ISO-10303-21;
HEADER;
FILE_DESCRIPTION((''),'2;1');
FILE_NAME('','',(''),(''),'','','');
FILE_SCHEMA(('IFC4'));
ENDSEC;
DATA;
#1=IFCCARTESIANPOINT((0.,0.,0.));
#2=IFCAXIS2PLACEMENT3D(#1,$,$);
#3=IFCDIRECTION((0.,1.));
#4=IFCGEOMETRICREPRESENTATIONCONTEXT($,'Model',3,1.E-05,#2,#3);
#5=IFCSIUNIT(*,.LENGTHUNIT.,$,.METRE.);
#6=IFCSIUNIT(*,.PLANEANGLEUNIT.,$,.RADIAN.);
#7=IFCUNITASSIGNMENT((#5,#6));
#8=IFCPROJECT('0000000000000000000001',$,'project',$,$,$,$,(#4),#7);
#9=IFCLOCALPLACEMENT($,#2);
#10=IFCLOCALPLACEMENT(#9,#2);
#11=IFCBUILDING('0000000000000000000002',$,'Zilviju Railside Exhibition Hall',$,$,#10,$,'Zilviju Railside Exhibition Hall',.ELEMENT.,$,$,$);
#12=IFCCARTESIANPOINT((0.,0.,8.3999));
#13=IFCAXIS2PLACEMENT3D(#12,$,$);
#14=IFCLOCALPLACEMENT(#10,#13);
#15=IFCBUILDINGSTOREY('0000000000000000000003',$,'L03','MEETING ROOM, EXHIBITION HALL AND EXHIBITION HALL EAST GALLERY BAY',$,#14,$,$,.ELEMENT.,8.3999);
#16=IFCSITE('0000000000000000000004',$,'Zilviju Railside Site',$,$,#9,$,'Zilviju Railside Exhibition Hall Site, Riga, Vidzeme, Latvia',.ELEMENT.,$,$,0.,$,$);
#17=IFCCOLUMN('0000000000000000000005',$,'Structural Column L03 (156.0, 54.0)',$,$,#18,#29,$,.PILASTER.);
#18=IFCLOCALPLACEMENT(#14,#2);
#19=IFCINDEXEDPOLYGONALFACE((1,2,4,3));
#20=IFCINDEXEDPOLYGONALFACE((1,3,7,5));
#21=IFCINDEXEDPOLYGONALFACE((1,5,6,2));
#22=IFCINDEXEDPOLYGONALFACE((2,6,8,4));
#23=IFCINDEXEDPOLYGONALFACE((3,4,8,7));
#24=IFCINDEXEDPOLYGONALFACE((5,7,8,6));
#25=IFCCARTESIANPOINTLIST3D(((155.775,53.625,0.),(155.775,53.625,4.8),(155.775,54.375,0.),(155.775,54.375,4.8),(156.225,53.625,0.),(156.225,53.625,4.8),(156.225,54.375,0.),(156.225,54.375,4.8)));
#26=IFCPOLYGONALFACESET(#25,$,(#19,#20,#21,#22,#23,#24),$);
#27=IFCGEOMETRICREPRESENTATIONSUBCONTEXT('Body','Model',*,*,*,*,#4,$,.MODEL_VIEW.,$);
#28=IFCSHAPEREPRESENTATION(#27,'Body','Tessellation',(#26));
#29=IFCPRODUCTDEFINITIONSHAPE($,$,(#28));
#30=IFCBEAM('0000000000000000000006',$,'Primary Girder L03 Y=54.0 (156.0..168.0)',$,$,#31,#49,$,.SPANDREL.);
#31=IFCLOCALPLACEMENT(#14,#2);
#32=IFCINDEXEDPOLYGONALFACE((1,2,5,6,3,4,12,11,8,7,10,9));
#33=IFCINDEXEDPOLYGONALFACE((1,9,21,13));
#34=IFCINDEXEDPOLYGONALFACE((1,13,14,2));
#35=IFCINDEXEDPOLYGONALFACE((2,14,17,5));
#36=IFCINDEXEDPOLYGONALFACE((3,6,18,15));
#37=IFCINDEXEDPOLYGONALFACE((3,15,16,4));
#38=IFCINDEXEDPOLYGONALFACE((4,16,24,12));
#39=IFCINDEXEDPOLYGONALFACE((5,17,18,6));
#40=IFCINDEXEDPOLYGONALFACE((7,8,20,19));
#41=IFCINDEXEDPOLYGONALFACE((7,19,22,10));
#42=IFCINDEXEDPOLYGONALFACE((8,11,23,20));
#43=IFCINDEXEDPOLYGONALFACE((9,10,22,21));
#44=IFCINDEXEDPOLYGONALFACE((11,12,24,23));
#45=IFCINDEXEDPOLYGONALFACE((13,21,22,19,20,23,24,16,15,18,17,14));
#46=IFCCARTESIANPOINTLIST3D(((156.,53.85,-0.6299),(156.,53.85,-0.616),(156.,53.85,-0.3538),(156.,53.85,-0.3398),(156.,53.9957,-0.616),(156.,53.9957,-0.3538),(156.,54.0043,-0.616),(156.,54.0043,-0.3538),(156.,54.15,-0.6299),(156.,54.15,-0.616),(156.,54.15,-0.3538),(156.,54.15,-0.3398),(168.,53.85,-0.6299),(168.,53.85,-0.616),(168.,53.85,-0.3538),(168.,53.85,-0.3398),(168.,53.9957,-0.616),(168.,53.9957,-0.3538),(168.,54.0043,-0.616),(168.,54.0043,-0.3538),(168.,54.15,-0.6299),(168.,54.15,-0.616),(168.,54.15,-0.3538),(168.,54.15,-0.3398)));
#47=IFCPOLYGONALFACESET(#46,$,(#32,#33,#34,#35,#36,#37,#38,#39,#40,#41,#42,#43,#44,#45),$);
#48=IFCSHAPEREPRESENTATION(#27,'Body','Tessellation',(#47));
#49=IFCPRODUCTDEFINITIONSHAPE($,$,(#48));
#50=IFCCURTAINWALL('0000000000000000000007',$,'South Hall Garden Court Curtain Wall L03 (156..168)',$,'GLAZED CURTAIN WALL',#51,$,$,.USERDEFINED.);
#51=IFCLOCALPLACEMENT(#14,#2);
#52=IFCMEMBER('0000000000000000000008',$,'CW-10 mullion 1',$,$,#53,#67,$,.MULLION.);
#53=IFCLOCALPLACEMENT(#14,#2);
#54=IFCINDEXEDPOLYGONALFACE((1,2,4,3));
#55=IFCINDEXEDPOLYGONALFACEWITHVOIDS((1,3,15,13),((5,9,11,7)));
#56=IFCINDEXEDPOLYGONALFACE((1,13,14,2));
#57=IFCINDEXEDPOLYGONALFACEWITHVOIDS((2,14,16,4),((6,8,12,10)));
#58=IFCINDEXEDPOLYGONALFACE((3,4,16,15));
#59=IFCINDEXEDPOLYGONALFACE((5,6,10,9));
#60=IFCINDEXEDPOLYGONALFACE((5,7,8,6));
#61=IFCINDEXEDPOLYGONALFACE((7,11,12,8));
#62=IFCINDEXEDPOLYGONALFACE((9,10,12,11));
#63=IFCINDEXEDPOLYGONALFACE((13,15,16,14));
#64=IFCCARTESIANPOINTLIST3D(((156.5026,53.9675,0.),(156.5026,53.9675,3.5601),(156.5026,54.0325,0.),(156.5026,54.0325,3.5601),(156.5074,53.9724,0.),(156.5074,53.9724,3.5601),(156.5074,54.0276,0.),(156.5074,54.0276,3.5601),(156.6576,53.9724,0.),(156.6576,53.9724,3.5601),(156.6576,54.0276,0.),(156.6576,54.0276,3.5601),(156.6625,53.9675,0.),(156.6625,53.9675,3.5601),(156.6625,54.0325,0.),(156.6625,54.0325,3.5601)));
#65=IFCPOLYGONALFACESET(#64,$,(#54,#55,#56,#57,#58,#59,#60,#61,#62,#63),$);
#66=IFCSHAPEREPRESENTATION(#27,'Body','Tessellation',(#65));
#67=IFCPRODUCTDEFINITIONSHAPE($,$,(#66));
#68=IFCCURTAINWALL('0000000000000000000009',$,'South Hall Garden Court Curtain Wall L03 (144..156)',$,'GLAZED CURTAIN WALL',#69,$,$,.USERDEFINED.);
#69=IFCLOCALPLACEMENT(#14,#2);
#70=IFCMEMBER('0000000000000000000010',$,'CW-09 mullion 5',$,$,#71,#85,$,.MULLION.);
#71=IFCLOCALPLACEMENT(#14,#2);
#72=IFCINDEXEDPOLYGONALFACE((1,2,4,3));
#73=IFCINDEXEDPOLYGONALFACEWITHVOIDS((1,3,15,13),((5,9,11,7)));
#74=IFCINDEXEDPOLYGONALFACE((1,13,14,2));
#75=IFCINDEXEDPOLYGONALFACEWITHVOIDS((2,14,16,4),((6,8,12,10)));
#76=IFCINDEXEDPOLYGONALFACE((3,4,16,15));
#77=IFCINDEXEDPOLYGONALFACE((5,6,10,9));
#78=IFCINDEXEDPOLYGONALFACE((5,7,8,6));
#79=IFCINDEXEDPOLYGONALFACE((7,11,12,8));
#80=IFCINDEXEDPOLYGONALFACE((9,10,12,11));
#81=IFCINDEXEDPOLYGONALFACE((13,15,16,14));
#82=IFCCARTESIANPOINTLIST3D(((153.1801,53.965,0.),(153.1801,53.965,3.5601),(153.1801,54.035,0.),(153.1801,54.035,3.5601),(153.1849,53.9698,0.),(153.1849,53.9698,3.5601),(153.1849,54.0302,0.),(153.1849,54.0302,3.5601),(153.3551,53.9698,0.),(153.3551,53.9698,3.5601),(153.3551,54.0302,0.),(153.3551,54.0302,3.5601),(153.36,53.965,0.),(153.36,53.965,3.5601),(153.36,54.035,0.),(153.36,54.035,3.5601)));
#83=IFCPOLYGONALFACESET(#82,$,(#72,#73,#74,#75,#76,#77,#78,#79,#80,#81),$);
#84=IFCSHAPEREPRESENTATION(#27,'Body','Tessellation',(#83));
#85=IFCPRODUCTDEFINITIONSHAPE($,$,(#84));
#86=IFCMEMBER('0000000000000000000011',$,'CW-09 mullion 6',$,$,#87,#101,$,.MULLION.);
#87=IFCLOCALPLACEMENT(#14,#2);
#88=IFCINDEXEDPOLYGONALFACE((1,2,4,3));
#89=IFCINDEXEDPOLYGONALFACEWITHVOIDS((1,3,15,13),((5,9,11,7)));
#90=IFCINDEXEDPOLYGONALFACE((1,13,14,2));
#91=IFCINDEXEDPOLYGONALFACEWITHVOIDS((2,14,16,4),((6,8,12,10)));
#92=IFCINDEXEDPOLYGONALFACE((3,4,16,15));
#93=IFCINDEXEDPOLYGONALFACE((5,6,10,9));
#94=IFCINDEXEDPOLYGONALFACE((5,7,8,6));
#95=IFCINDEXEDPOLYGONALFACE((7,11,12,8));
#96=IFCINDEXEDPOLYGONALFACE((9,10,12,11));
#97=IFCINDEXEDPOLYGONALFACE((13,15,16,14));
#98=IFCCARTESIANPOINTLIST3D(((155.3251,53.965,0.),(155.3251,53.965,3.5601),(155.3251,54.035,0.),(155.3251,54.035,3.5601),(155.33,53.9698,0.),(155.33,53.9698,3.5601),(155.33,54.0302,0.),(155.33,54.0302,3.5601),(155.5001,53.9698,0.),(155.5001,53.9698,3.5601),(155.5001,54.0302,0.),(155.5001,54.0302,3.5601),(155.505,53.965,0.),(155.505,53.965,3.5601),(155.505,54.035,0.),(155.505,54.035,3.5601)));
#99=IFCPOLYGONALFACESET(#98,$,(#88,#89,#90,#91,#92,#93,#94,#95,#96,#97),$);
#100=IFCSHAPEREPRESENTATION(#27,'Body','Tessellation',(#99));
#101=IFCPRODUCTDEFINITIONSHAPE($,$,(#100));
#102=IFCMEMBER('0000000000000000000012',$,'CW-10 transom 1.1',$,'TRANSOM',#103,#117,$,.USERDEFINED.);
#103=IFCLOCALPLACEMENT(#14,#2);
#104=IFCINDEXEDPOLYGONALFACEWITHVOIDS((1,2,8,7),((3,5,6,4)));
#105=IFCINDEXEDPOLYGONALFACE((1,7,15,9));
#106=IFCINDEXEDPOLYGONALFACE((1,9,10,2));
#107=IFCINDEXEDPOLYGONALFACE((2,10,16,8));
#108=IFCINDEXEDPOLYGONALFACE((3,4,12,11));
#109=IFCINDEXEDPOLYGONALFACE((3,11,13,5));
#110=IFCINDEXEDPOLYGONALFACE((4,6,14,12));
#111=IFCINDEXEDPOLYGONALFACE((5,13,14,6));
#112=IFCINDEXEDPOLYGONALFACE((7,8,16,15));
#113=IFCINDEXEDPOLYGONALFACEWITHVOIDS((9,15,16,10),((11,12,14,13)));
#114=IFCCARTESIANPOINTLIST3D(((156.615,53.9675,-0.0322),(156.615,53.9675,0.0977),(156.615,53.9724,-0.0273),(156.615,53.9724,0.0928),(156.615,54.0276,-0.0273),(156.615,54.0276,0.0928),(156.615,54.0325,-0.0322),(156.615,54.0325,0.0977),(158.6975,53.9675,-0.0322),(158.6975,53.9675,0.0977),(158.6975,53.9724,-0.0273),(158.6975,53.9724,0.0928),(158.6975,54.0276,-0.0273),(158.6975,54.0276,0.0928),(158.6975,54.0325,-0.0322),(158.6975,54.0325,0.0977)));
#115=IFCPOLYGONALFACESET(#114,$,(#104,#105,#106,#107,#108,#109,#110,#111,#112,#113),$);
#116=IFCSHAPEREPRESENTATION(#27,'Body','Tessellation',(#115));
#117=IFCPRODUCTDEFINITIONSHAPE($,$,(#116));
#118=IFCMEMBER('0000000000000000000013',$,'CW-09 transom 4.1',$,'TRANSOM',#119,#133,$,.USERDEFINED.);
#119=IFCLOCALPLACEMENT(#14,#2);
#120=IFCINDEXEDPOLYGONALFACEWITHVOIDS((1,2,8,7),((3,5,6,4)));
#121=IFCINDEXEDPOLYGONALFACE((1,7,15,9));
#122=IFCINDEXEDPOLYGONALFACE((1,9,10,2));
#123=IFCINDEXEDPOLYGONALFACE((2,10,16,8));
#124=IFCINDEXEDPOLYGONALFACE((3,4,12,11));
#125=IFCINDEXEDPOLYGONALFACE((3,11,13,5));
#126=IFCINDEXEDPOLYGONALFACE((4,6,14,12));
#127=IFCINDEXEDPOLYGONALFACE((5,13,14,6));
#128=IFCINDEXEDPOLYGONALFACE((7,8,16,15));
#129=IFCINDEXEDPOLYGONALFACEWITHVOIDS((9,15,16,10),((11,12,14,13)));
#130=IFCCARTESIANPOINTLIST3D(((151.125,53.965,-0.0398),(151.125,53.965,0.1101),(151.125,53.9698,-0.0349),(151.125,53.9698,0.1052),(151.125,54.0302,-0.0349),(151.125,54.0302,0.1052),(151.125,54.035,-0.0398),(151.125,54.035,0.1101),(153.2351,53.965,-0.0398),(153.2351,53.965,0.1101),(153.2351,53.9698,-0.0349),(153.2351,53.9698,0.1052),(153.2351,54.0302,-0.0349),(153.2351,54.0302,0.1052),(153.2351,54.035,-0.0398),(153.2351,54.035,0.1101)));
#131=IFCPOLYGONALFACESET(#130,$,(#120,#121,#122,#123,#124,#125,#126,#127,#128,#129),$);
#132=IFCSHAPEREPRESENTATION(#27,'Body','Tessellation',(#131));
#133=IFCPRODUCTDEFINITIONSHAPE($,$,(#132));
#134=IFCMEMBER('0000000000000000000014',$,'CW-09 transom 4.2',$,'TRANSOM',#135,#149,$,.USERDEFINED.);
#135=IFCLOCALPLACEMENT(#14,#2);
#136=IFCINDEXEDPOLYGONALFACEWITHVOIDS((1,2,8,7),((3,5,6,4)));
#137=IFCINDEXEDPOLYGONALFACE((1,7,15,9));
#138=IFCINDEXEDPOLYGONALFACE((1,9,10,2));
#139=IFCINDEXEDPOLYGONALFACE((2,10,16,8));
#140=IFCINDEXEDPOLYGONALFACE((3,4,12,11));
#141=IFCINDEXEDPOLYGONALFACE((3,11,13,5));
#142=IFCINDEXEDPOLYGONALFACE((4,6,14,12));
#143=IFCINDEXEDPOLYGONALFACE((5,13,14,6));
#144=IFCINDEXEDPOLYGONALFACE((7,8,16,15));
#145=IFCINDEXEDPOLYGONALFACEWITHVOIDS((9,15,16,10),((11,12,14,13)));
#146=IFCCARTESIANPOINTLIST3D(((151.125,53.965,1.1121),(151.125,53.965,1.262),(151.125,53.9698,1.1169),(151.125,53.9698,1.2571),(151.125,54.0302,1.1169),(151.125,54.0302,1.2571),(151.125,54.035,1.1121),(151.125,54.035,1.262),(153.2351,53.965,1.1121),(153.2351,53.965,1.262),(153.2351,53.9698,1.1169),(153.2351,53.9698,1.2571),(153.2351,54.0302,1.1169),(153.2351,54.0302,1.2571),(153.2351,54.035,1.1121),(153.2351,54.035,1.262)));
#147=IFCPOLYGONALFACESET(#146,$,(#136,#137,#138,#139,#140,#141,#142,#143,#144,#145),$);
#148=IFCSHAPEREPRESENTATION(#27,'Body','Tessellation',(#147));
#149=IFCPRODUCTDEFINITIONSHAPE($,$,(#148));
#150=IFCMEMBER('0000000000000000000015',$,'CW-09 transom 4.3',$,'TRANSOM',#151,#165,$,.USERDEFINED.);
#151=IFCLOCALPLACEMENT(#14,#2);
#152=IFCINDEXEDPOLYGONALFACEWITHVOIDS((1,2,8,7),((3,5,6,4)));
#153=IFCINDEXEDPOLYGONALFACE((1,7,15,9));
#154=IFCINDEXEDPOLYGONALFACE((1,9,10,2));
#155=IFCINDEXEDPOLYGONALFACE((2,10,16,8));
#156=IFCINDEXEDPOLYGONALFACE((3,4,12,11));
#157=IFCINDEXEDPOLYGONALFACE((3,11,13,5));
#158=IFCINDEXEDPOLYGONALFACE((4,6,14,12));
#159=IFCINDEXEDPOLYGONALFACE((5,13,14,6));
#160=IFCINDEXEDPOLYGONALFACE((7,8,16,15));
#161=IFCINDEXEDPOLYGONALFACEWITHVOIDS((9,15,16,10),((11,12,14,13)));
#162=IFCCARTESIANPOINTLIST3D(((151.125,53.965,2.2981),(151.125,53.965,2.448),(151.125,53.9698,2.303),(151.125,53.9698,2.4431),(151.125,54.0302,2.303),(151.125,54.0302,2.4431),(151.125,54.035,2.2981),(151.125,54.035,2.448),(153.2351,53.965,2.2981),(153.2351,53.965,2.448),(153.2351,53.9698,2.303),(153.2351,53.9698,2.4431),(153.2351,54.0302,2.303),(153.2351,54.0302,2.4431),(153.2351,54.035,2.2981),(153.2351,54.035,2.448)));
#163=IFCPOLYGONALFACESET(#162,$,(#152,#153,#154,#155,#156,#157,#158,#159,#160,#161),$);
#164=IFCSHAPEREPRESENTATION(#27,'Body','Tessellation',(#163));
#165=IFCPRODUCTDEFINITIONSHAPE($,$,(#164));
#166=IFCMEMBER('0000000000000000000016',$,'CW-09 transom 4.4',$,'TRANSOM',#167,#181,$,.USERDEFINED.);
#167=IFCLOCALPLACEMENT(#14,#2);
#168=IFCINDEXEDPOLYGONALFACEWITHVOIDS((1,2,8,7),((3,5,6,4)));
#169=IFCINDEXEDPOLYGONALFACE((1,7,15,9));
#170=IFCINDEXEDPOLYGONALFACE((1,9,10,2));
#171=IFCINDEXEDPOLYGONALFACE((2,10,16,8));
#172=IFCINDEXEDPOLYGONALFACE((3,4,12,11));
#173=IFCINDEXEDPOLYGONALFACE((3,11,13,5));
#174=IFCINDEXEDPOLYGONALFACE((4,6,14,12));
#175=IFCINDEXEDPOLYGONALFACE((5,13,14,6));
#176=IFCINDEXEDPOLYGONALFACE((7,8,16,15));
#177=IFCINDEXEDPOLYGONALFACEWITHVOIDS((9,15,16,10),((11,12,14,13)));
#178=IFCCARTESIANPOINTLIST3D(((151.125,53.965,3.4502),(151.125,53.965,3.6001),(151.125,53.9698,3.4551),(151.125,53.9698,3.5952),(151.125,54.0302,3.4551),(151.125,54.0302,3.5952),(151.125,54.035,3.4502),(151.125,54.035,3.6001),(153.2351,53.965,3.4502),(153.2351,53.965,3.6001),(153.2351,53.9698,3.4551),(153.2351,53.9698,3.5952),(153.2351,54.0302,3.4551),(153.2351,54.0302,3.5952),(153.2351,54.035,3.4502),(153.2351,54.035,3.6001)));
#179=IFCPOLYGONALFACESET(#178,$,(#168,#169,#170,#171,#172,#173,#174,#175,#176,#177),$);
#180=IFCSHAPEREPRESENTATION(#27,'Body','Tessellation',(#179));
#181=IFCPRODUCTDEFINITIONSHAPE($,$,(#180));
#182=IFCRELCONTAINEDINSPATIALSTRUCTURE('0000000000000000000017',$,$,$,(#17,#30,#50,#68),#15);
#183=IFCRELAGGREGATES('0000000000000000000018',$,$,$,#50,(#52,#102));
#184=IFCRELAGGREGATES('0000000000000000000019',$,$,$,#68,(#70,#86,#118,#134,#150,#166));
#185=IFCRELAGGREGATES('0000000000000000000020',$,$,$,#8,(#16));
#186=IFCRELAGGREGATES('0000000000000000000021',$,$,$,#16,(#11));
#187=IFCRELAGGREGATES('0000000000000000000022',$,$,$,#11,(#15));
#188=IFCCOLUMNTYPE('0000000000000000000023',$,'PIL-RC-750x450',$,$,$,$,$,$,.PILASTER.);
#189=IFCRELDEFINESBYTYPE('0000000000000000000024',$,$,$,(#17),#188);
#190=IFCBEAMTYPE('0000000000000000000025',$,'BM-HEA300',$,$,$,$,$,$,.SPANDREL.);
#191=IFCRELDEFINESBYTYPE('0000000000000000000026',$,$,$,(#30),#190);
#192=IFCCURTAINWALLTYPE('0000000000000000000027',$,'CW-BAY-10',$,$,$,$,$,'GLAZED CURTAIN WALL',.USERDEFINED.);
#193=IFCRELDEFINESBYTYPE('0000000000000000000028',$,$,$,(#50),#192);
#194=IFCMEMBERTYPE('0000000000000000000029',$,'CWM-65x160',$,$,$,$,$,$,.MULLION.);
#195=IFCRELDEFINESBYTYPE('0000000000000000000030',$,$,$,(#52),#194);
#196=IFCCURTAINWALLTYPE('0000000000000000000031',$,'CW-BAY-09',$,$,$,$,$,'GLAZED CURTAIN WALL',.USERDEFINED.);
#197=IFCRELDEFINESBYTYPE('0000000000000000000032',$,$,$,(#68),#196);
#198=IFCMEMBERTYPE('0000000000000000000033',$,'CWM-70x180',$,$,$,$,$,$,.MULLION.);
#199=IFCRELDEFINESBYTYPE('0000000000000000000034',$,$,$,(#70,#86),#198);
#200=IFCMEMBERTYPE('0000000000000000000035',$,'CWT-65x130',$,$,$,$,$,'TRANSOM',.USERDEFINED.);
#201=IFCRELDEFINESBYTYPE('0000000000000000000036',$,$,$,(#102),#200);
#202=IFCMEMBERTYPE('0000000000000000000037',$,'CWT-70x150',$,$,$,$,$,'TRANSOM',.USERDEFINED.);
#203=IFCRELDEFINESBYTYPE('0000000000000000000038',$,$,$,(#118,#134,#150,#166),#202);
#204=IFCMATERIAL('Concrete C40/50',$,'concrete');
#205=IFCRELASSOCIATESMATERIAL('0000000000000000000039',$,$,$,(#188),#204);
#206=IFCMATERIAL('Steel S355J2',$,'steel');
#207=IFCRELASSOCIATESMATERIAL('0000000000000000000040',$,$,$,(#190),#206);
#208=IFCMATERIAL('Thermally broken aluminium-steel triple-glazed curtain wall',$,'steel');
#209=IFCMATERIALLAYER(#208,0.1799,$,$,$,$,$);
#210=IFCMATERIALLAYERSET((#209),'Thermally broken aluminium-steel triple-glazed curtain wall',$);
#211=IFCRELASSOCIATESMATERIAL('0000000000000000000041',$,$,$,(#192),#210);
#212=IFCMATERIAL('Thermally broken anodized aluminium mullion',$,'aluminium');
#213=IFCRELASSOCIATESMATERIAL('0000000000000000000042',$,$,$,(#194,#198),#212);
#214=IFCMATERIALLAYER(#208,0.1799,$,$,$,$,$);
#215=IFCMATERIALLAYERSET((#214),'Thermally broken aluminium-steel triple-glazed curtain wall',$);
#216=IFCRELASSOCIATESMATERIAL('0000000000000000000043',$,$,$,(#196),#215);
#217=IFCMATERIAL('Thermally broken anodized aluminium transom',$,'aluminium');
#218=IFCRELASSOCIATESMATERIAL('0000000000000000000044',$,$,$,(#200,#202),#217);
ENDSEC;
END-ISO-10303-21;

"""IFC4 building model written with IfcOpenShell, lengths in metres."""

from ifc_helpers import new_model, si_unit, direction, frame, origin, origin_2d, place, context, subcontext, project, spatial, rectangle, hollow_rectangle, i_section, extrude, material, layer, layer_set, material_profile, profile_set, type_object, element, aggregate, save


model = new_model("IFC4")

# Units and contexts
model_context = context("Model", 3, precision=1e-05, world=origin(), true_north=direction((0.0, 1.0)))
body_context = subcontext(model_context, "Body", "Model", "MODEL_VIEW")
ifc_project = project(units=[si_unit("LENGTHUNIT", "METRE"), si_unit("PLANEANGLEUNIT", "RADIAN")], contexts=[model_context])

# Site, building, storey
site_placement = place(None, origin())
site = spatial("IfcSite", under=ifc_project, at=site_placement, Name="Zilviju Railside Site", LongName="Zilviju Railside Exhibition Hall Site, Riga, Vidzeme, Latvia", CompositionType="ELEMENT", RefElevation=0.0)
building_placement = place(site_placement, origin())
building = spatial("IfcBuilding", under=site, at=building_placement, Name="Zilviju Railside Exhibition Hall", LongName="Zilviju Railside Exhibition Hall", CompositionType="ELEMENT")
storey_placement = place(building_placement, frame((0.0, 0.0, 8.3999)))
storey = spatial("IfcBuildingStorey", under=building, at=storey_placement, Name="L03", Description="MEETING ROOM, EXHIBITION HALL AND EXHIBITION HALL EAST GALLERY BAY", CompositionType="ELEMENT", Elevation=8.3999)

# Column
ifc_material_1 = material(Name="Concrete C40/50", Category="concrete")
ifc_material_profile_1 = material_profile(ifc_material_1, rectangle(XDim=0.45, YDim=0.75, at=origin_2d()), Name="RC COL 450x750")
ifc_profile_set_1 = profile_set([ifc_material_profile_1], Name="Concrete C40/50")
column_type = type_object("IfcColumnType", Name="PIL-RC-750x450", PredefinedType="PILASTER", material=ifc_profile_set_1)
column_placement = place(storey_placement, frame((156.0, 54.0, 0.0), z_axis=(0.0, 0.0, 1.0), x_axis=(1.0, 0.0, 0.0)))
element("IfcColumn", 1, at=column_placement, inside=storey, type_object=column_type, Name="Structural Column L03 (156.0, 54.0)", PredefinedType="PILASTER", context=body_context, shape_type="SweptSolid", body=[
    extrude(rectangle(XDim=0.45, YDim=0.75, at=origin_2d()), origin(), (0.0, 0.0, 1.0), 4.8),
])

# Beam
ifc_material_2 = material(Name="Steel S355J2", Category="steel")
ifc_material_profile_2 = material_profile(ifc_material_2, i_section(OverallWidth=0.3, OverallDepth=0.29, WebThickness=0.0085, FlangeThickness=0.0139, at=origin_2d()), Name="HEA 300")
ifc_profile_set_2 = profile_set([ifc_material_profile_2], Name="Steel S355J2")
beam_type = type_object("IfcBeamType", Name="BM-HEA300", PredefinedType="SPANDREL", material=ifc_profile_set_2)
beam_placement = place(storey_placement, frame((156.0, 54.0, -0.4849), z_axis=(1.0, 0.0, 0.0), x_axis=(0.0, 1.0, 0.0)))
element("IfcBeam", 2, at=beam_placement, inside=storey, type_object=beam_type, Name="Primary Girder L03 Y=54.0 (156.0..168.0)", PredefinedType="SPANDREL", context=body_context, shape_type="SweptSolid", body=[
    extrude(i_section(OverallWidth=0.3, OverallDepth=0.29, WebThickness=0.0085, FlangeThickness=0.0139, at=origin_2d()), origin(), (0.0, 0.0, 1.0), 12.0),
])

# Curtain wall, member
ifc_material_3 = material(Name="Thermally broken aluminium-steel triple-glazed curtain wall", Category="steel")
ifc_layer_1 = layer(ifc_material_3, 0.1799)
ifc_layer_set_1 = layer_set([ifc_layer_1], Name="Thermally broken aluminium-steel triple-glazed curtain wall")
curtain_wall_type_1 = type_object("IfcCurtainWallType", Name="CW-BAY-10", ElementType="GLAZED CURTAIN WALL", PredefinedType="USERDEFINED", material=ifc_layer_set_1)
curtain_wall_1_placement = place(storey_placement, origin())
curtain_wall_1 = element("IfcCurtainWall", 3, at=curtain_wall_1_placement, inside=storey, type_object=curtain_wall_type_1, Name="South Hall Garden Court Curtain Wall L03 (156..168)", ObjectType="GLAZED CURTAIN WALL", PredefinedType="USERDEFINED")
ifc_material_4 = material(Name="Thermally broken anodized aluminium mullion", Category="aluminium")
ifc_material_profile_3 = material_profile(ifc_material_4, hollow_rectangle(XDim=0.0649, YDim=0.1599, WallThickness=0.0049, at=origin_2d()), Name="MULLION 160x65x5")
ifc_profile_set_3 = profile_set([ifc_material_profile_3], Name="Thermally broken anodized aluminium mullion")
member_type_1 = type_object("IfcMemberType", Name="CWM-65x160", PredefinedType="MULLION", material=ifc_profile_set_3)
member_1_placement = place(storey_placement, frame((156.5825, 54.0, 0.0), z_axis=(0.0, 0.0, 1.0), x_axis=(0.0, 1.0, 0.0)))
member_1 = element("IfcMember", 4, at=member_1_placement, type_object=member_type_1, Name="CW-10 mullion 1", PredefinedType="MULLION", context=body_context, shape_type="SweptSolid", body=[
    extrude(hollow_rectangle(XDim=0.0649, YDim=0.1599, WallThickness=0.0049, at=origin_2d()), origin(), (0.0, 0.0, 1.0), 3.5601),
])

# Curtain wall, members
ifc_layer_2 = layer(ifc_material_3, 0.1799)
ifc_layer_set_2 = layer_set([ifc_layer_2], Name="Thermally broken aluminium-steel triple-glazed curtain wall")
curtain_wall_type_2 = type_object("IfcCurtainWallType", Name="CW-BAY-09", ElementType="GLAZED CURTAIN WALL", PredefinedType="USERDEFINED", material=ifc_layer_set_2)
curtain_wall_2_placement = place(storey_placement, origin())
curtain_wall_2 = element("IfcCurtainWall", 5, at=curtain_wall_2_placement, inside=storey, type_object=curtain_wall_type_2, Name="South Hall Garden Court Curtain Wall L03 (144..156)", ObjectType="GLAZED CURTAIN WALL", PredefinedType="USERDEFINED")
ifc_material_profile_4 = material_profile(ifc_material_4, hollow_rectangle(XDim=0.0701, YDim=0.1799, WallThickness=0.0049, at=origin_2d()), Name="MULLION 180x70x5")
ifc_profile_set_4 = profile_set([ifc_material_profile_4], Name="Thermally broken anodized aluminium mullion")
member_type_2 = type_object("IfcMemberType", Name="CWM-70x180", PredefinedType="MULLION", material=ifc_profile_set_4)
member_2_placement = place(storey_placement, frame((153.27, 54.0, 0.0), z_axis=(0.0, 0.0, 1.0), x_axis=(0.0, 1.0, 0.0)))
member_2 = element("IfcMember", 6, at=member_2_placement, type_object=member_type_2, Name="CW-09 mullion 5", PredefinedType="MULLION", context=body_context, shape_type="SweptSolid", body=[
    extrude(hollow_rectangle(XDim=0.0701, YDim=0.1799, WallThickness=0.0049, at=origin_2d()), origin(), (0.0, 0.0, 1.0), 3.5601),
])
member_3_placement = place(storey_placement, frame((155.415, 54.0, 0.0), z_axis=(0.0, 0.0, 1.0), x_axis=(0.0, 1.0, 0.0)))
member_3 = element("IfcMember", 7, at=member_3_placement, type_object=member_type_2, Name="CW-09 mullion 6", PredefinedType="MULLION", context=body_context, shape_type="SweptSolid", body=[
    extrude(hollow_rectangle(XDim=0.0701, YDim=0.1799, WallThickness=0.0049, at=origin_2d()), origin(), (0.0, 0.0, 1.0), 3.5601),
])

# Members
ifc_material_5 = material(Name="Thermally broken anodized aluminium transom", Category="aluminium")
ifc_material_profile_5 = material_profile(ifc_material_5, hollow_rectangle(XDim=0.0649, YDim=0.1299, WallThickness=0.0049, at=origin_2d()), Name="TRANSOM 130x65x5")
ifc_profile_set_5 = profile_set([ifc_material_profile_5], Name="Thermally broken anodized aluminium transom")
member_type_3 = type_object("IfcMemberType", Name="CWT-65x130", ElementType="TRANSOM", PredefinedType="USERDEFINED", material=ifc_profile_set_5)
member_4_placement = place(storey_placement, frame((156.615, 54.0, 0.0327), z_axis=(1.0, 0.0, 0.0), x_axis=(0.0, 1.0, 0.0)))
member_4 = element("IfcMember", 8, at=member_4_placement, type_object=member_type_3, Name="CW-10 transom 1.1", ObjectType="TRANSOM", PredefinedType="USERDEFINED", context=body_context, shape_type="SweptSolid", body=[
    extrude(hollow_rectangle(XDim=0.0649, YDim=0.1299, WallThickness=0.0049, at=origin_2d()), origin(), (0.0, 0.0, 1.0), 2.0825),
])
aggregate(curtain_wall_1, [member_1, member_4])
ifc_material_profile_6 = material_profile(ifc_material_5, hollow_rectangle(XDim=0.0701, YDim=0.1499, WallThickness=0.0049, at=origin_2d()), Name="TRANSOM 150x70x5")
ifc_profile_set_6 = profile_set([ifc_material_profile_6], Name="Thermally broken anodized aluminium transom")
member_type_4 = type_object("IfcMemberType", Name="CWT-70x150", ElementType="TRANSOM", PredefinedType="USERDEFINED", material=ifc_profile_set_6)
member_5_placement = place(storey_placement, frame((151.125, 54.0, 0.0352), z_axis=(1.0, 0.0, 0.0), x_axis=(0.0, 1.0, 0.0)))
member_5 = element("IfcMember", 9, at=member_5_placement, type_object=member_type_4, Name="CW-09 transom 4.1", ObjectType="TRANSOM", PredefinedType="USERDEFINED", context=body_context, shape_type="SweptSolid", body=[
    extrude(hollow_rectangle(XDim=0.0701, YDim=0.1499, WallThickness=0.0049, at=origin_2d()), origin(), (0.0, 0.0, 1.0), 2.1101),
])
member_6_placement = place(storey_placement, frame((151.125, 54.0, 1.187), z_axis=(1.0, 0.0, 0.0), x_axis=(0.0, 1.0, 0.0)))
member_6 = element("IfcMember", 10, at=member_6_placement, type_object=member_type_4, Name="CW-09 transom 4.2", ObjectType="TRANSOM", PredefinedType="USERDEFINED", context=body_context, shape_type="SweptSolid", body=[
    extrude(hollow_rectangle(XDim=0.0701, YDim=0.1499, WallThickness=0.0049, at=origin_2d()), origin(), (0.0, 0.0, 1.0), 2.1101),
])
member_7_placement = place(storey_placement, frame((151.125, 54.0, 2.373), z_axis=(1.0, 0.0, 0.0), x_axis=(0.0, 1.0, 0.0)))
member_7 = element("IfcMember", 11, at=member_7_placement, type_object=member_type_4, Name="CW-09 transom 4.3", ObjectType="TRANSOM", PredefinedType="USERDEFINED", context=body_context, shape_type="SweptSolid", body=[
    extrude(hollow_rectangle(XDim=0.0701, YDim=0.1499, WallThickness=0.0049, at=origin_2d()), origin(), (0.0, 0.0, 1.0), 2.1101),
])
member_8_placement = place(storey_placement, frame((151.125, 54.0, 3.5251), z_axis=(1.0, 0.0, 0.0), x_axis=(0.0, 1.0, 0.0)))
member_8 = element("IfcMember", 12, at=member_8_placement, type_object=member_type_4, Name="CW-09 transom 4.4", ObjectType="TRANSOM", PredefinedType="USERDEFINED", context=body_context, shape_type="SweptSolid", body=[
    extrude(hollow_rectangle(XDim=0.0701, YDim=0.1499, WallThickness=0.0049, at=origin_2d()), origin(), (0.0, 0.0, 1.0), 2.1101),
])

aggregate(curtain_wall_2, [member_2, member_3, member_5, member_6, member_7, member_8])

save(model, "model.ifc")
